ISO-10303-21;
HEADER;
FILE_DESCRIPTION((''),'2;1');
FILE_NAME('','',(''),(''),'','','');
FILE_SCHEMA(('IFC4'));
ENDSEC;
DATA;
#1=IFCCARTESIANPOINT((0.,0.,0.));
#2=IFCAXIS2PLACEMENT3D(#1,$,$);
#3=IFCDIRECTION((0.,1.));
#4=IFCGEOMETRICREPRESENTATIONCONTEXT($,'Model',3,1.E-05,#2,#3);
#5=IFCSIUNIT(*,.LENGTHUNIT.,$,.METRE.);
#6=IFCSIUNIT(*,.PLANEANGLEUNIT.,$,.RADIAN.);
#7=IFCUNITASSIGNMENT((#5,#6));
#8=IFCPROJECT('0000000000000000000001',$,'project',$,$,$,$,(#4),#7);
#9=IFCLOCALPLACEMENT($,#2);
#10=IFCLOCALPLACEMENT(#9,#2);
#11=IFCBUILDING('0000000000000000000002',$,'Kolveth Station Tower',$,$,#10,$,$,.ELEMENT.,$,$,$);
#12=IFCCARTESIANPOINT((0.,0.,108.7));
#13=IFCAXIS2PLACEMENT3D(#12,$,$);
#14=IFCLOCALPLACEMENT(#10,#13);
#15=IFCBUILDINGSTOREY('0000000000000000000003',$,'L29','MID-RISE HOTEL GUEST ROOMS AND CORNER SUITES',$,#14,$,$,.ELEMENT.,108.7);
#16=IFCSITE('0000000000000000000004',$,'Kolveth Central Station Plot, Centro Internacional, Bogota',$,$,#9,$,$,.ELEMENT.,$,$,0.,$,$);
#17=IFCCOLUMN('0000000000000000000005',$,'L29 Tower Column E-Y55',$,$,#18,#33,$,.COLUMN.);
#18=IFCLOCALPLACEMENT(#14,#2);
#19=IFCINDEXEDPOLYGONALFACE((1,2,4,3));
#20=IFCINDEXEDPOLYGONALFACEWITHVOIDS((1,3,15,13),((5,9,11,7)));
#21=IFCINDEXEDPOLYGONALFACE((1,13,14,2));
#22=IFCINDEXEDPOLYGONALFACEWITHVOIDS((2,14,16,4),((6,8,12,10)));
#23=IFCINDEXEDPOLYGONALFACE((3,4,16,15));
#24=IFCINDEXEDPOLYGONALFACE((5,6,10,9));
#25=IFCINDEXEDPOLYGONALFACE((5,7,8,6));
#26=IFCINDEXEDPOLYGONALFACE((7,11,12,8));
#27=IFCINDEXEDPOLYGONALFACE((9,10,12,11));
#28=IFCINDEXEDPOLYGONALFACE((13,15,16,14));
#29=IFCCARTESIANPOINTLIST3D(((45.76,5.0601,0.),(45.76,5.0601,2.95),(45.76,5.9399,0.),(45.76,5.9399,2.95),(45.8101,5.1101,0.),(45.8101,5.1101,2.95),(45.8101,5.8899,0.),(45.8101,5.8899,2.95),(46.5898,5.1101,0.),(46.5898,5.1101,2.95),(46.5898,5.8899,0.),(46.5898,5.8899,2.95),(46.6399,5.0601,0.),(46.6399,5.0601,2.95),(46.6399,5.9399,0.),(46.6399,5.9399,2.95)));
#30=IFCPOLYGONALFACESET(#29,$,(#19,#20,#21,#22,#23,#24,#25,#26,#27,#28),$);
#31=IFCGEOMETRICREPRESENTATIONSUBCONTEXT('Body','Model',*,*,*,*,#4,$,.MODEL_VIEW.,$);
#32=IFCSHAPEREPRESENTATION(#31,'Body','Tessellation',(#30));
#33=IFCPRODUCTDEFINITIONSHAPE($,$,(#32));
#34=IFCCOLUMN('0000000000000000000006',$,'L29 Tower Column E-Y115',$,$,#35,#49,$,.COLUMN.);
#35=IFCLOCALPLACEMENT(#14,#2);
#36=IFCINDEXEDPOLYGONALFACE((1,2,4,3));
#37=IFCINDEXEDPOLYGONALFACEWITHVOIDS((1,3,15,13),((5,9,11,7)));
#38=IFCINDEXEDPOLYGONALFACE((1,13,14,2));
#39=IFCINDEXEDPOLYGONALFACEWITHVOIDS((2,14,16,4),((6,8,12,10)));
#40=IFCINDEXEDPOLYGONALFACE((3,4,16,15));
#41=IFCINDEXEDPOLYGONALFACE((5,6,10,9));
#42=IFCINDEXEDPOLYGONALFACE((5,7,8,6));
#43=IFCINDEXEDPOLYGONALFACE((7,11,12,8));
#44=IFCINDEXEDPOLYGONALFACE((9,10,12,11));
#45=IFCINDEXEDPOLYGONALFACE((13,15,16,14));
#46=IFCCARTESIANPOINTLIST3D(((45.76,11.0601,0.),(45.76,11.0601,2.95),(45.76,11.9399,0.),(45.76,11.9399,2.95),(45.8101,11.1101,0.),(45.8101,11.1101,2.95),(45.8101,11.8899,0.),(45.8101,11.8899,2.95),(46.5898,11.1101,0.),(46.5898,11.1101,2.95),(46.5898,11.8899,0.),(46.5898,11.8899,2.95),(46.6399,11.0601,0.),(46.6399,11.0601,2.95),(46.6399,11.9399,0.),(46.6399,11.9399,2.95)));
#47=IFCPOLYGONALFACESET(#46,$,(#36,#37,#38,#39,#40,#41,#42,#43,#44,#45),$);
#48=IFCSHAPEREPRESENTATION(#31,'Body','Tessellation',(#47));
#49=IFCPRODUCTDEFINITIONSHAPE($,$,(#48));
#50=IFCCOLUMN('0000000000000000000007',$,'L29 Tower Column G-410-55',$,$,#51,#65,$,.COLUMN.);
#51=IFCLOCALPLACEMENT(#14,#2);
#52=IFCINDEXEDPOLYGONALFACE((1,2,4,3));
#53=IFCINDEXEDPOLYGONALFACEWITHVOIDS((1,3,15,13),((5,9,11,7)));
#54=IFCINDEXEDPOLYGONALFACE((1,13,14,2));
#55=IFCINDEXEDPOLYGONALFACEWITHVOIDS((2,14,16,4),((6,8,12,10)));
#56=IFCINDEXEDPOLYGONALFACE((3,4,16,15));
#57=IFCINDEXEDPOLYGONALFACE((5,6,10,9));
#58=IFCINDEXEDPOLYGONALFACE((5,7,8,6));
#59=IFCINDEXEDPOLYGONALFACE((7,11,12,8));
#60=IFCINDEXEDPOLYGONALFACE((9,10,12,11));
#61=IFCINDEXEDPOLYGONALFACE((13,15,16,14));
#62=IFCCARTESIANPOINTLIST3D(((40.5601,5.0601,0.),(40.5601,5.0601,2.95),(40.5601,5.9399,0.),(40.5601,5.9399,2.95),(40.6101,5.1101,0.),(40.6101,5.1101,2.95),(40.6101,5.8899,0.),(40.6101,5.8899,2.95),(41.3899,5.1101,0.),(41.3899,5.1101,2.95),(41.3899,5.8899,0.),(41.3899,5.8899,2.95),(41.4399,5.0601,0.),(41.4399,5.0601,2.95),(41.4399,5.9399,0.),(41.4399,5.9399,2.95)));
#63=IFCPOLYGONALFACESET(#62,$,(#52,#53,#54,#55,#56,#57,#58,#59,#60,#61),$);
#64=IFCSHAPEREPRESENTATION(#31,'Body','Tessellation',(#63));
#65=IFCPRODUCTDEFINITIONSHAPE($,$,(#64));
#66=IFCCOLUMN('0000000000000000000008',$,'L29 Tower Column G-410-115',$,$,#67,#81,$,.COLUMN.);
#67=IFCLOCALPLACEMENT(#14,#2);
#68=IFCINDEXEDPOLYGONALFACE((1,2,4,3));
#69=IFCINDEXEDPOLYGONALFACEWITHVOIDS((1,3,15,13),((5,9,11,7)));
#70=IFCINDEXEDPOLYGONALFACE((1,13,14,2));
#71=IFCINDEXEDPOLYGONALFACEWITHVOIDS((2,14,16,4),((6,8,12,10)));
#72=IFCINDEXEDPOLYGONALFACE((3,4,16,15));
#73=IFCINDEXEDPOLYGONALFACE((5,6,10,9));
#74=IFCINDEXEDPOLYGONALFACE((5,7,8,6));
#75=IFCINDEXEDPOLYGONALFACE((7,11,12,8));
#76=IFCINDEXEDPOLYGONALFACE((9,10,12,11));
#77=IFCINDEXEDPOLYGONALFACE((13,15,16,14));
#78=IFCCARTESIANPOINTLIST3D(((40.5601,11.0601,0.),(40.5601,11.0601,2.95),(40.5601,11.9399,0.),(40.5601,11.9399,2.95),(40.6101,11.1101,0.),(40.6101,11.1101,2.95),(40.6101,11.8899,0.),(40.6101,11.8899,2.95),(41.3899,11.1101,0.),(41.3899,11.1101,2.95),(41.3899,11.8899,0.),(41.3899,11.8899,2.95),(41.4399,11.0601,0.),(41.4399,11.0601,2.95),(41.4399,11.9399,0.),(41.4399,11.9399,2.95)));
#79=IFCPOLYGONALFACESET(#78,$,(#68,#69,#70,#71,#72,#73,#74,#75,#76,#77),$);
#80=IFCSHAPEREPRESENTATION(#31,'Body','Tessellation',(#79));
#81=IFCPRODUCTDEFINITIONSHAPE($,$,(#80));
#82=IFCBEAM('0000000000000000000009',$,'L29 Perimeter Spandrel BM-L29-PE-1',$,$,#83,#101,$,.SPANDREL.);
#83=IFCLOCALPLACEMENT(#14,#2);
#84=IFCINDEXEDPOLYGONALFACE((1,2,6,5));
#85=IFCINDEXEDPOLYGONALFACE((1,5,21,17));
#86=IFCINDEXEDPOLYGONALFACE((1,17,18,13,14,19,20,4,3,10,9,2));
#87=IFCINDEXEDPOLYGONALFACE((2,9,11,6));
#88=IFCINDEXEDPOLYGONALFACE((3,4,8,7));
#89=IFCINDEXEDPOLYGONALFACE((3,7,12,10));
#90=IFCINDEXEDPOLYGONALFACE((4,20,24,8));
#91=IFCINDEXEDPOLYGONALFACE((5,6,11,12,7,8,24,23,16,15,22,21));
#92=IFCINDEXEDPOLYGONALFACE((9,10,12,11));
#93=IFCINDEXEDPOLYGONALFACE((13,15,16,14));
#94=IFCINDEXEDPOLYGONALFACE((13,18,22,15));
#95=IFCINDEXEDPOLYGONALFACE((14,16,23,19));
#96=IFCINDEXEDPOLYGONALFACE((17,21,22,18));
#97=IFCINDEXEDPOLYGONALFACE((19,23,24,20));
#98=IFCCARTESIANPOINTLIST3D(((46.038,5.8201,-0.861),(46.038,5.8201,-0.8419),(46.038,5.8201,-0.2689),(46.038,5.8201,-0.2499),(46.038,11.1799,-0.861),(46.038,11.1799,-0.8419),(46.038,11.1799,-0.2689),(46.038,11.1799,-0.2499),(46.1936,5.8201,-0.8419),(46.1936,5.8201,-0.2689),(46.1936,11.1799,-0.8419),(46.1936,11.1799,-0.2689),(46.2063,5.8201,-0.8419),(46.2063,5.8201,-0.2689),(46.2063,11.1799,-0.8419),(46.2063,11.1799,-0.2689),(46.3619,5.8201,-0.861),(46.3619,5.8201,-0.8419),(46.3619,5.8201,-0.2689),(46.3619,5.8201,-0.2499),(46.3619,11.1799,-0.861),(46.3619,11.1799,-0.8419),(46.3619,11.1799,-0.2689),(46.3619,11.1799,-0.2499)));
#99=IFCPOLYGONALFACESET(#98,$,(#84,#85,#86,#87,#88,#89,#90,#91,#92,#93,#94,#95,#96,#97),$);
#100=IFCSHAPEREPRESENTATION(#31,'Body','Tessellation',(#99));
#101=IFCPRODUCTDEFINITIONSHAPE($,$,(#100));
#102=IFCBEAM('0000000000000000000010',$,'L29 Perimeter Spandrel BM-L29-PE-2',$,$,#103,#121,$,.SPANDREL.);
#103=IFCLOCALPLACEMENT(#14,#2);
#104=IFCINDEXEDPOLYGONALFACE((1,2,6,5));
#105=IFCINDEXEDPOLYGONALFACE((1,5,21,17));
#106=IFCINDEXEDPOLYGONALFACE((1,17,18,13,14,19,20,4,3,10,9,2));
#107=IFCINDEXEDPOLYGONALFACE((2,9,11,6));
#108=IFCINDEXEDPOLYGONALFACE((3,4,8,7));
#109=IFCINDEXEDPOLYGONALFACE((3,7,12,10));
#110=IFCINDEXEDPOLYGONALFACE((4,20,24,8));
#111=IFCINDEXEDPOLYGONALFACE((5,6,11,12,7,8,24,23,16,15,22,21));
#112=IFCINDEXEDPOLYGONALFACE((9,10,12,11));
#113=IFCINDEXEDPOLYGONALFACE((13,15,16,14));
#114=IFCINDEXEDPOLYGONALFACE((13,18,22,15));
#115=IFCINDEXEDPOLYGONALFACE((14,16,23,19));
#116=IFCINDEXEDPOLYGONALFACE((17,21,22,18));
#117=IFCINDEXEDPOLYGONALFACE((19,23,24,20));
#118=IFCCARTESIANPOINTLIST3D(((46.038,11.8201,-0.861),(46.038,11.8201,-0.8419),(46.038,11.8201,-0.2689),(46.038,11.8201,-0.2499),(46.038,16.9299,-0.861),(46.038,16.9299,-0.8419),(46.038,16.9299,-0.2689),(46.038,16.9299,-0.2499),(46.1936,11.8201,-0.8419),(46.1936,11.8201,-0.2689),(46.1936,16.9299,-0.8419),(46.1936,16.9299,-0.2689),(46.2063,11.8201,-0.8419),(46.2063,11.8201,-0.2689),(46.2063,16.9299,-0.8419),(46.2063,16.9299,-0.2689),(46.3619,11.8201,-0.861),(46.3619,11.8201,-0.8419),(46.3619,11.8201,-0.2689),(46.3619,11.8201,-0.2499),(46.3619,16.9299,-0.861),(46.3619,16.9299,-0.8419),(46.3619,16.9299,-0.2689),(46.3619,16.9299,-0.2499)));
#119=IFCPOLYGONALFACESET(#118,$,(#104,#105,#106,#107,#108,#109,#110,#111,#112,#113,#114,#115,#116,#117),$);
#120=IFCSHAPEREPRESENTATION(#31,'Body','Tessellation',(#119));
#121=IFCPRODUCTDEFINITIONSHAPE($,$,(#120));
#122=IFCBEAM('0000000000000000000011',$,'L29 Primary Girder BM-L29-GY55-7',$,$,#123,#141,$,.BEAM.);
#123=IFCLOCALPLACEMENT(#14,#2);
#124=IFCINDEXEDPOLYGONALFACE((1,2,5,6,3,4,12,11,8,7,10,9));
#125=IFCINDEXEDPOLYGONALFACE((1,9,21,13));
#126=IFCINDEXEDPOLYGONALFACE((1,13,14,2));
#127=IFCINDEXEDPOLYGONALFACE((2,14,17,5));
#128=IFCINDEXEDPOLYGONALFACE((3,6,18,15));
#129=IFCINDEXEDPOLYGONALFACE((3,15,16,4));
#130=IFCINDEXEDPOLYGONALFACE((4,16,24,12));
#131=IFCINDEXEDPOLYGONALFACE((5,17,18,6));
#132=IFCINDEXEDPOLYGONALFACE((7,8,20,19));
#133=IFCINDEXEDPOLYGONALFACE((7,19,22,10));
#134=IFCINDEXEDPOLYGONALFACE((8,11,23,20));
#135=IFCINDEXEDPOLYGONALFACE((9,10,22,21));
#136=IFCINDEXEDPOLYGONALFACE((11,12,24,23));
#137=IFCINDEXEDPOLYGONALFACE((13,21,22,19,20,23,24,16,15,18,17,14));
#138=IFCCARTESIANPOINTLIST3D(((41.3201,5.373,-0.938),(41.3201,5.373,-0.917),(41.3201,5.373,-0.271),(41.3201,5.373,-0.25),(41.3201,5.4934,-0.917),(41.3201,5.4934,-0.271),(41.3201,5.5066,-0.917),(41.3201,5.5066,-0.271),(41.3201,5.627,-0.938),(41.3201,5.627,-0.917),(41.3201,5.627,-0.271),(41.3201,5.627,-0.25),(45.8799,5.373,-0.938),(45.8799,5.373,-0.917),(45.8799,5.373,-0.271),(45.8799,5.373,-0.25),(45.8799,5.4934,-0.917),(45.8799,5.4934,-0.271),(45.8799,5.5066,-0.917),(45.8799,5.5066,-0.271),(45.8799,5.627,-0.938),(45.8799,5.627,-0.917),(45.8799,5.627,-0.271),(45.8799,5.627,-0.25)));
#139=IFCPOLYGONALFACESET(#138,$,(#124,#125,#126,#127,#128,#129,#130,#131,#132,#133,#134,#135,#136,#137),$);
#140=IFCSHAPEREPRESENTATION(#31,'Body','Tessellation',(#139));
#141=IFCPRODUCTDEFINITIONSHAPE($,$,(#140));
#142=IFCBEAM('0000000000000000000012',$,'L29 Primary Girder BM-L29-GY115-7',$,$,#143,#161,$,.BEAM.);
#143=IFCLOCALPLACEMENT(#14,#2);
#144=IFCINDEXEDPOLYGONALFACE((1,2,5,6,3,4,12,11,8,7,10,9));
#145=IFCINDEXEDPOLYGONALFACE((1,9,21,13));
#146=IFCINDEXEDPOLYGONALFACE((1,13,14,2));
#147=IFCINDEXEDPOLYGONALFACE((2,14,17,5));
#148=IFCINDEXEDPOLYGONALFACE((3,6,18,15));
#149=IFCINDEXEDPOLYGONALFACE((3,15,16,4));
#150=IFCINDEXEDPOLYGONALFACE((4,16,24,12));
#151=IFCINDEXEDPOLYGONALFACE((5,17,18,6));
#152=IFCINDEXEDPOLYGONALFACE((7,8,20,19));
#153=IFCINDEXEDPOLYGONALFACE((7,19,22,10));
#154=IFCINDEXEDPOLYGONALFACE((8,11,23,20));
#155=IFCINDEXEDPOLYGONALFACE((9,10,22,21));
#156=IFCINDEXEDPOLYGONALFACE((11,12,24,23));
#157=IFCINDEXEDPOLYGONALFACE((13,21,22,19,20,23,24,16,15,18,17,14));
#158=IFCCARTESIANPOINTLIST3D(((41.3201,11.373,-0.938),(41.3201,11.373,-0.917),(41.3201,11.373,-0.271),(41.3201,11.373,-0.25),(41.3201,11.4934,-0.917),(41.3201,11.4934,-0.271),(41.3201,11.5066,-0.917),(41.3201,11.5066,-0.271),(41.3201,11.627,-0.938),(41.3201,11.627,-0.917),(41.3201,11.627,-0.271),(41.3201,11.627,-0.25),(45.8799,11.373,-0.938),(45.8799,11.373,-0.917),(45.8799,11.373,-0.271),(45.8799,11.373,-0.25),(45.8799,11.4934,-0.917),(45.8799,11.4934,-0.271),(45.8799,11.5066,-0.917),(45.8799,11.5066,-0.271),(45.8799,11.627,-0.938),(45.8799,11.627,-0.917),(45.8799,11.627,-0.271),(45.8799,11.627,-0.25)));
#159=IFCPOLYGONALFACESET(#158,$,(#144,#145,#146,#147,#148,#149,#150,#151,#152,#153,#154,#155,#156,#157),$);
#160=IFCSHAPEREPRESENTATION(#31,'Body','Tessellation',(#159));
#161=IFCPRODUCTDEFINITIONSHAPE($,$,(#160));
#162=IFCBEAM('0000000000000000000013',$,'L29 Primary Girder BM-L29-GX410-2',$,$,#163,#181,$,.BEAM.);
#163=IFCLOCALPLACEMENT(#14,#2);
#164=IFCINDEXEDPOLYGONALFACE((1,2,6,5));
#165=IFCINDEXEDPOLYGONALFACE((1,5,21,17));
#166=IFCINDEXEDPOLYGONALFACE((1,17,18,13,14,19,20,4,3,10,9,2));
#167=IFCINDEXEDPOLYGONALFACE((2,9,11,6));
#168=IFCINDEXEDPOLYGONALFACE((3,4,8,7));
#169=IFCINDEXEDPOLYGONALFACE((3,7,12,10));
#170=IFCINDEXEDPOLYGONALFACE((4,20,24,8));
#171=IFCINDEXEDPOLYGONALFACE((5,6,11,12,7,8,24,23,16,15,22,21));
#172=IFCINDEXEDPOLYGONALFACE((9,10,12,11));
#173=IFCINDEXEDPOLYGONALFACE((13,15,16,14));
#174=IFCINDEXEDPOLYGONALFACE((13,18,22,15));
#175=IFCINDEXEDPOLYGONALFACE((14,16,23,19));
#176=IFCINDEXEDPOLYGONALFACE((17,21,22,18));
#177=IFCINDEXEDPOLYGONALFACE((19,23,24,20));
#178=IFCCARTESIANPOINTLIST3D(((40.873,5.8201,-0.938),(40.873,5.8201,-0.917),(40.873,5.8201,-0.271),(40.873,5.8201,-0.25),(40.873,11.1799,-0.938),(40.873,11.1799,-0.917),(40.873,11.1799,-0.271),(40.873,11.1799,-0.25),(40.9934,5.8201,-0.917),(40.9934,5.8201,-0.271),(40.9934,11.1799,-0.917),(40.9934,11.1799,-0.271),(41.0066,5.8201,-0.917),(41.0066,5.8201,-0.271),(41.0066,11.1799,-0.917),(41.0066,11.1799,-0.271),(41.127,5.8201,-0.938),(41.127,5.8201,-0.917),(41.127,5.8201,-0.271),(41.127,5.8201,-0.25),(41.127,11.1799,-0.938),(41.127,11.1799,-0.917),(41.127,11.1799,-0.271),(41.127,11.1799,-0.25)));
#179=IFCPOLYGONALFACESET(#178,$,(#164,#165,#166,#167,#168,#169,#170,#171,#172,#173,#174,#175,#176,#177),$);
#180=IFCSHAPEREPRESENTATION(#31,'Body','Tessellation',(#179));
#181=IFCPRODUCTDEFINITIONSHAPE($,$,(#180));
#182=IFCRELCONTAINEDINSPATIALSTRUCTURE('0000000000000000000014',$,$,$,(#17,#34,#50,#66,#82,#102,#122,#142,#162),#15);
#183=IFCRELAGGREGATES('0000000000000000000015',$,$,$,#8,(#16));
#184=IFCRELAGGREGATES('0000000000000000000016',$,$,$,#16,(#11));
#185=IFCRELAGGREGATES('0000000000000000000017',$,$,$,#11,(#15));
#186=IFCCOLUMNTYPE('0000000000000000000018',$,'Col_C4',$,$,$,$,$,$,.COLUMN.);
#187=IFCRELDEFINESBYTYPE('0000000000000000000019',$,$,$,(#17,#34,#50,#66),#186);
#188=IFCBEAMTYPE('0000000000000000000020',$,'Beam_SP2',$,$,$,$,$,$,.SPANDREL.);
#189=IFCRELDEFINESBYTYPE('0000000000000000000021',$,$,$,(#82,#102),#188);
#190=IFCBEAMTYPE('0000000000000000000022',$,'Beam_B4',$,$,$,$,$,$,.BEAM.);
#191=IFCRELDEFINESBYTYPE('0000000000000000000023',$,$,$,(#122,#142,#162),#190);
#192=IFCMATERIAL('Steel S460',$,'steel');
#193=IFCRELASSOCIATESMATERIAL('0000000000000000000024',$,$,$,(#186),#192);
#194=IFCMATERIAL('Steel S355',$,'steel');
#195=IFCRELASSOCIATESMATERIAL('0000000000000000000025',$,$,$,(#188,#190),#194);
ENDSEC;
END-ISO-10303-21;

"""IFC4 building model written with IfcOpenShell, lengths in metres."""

from ifc_helpers import new_model, si_unit, direction, frame, origin, origin_2d, place, context, subcontext, project, spatial, hollow_rectangle, i_section, extrude, source, transform, mapped, material, material_profile, profile_set, type_object, element, save


model = new_model("IFC4")

# Units and contexts
model_context = context("Model", 3, precision=1e-05, world=origin(), true_north=direction((0.0, 1.0)))
body_context = subcontext(model_context, "Body", "Model", "MODEL_VIEW")
ifc_project = project(units=[si_unit("LENGTHUNIT", "METRE"), si_unit("PLANEANGLEUNIT", "RADIAN")], contexts=[model_context])

# Site, building, storey
site_placement = place(None, origin())
site = spatial("IfcSite", under=ifc_project, at=site_placement, Name="Kolveth Central Station Plot, Centro Internacional, Bogota", CompositionType="ELEMENT", RefElevation=0.0)
building_placement = place(site_placement, origin())
building = spatial("IfcBuilding", under=site, at=building_placement, Name="Kolveth Station Tower", CompositionType="ELEMENT")
storey_placement = place(building_placement, frame((0.0, 0.0, 108.7)))
storey = spatial("IfcBuildingStorey", under=building, at=storey_placement, Name="L29", Description="MID-RISE HOTEL GUEST ROOMS AND CORNER SUITES", CompositionType="ELEMENT", Elevation=108.7)

# Columns
ifc_material_1 = material(Name="Steel S460", Category="steel")
ifc_material_profile_1 = material_profile(ifc_material_1, hollow_rectangle(XDim=0.8799, YDim=0.8799, WallThickness=0.05, at=origin_2d()), Name="BOX880x880x50")
ifc_profile_set_1 = profile_set([ifc_material_profile_1], Name="Steel S460")
column_type = type_object("IfcColumnType", Name="Col_C4", PredefinedType="COLUMN", material=ifc_profile_set_1)
shared_shape_1 = source(origin(), body_context, "Body", "SweptSolid", [
    extrude(hollow_rectangle(XDim=0.8799, YDim=0.8799, WallThickness=0.05, at=origin_2d()), origin(), (0.0, 0.0, 1.0), 2.95),
])
for number, where, z_axis, x_axis, name in (
    (1, (46.2, 5.5, 0.0), (0.0, 0.0, 1.0), (1.0, 0.0, 0.0), "L29 Tower Column E-Y55"),
    (2, (46.2, 11.5, 0.0), (0.0, 0.0, 1.0), (1.0, 0.0, 0.0), "L29 Tower Column E-Y115"),
    (3, (41.0, 5.5, 0.0), (0.0, 0.0, 1.0), (1.0, 0.0, 0.0), "L29 Tower Column G-410-55"),
    (4, (41.0, 11.5, 0.0), (0.0, 0.0, 1.0), (1.0, 0.0, 0.0), "L29 Tower Column G-410-115"),
):
    element("IfcColumn", number, at=place(storey_placement, frame(where, z_axis=z_axis, x_axis=x_axis)), inside=storey, type_object=column_type, Name=name, PredefinedType="COLUMN", context=body_context, shape_type="MappedRepresentation", body=[
        mapped(shared_shape_1, transform((0.0, 0.0, 0.0), x_axis=(1.0, 0.0, 0.0), y_axis=(0.0, 1.0, 0.0), z_axis=(0.0, 0.0, 1.0), scale=1.0)),
    ])

# Beams
ifc_material_2 = material(Name="Steel S355", Category="steel")
ifc_material_profile_2 = material_profile(ifc_material_2, i_section(OverallWidth=0.324, OverallDepth=0.6111, WebThickness=0.0127, FlangeThickness=0.019, at=origin_2d()), Name="W610x155")
ifc_profile_set_2 = profile_set([ifc_material_profile_2], Name="Steel S355")
beam_type_1 = type_object("IfcBeamType", Name="Beam_SP2", PredefinedType="SPANDREL", material=ifc_profile_set_2)
shared_shape_2 = source(origin(), body_context, "Body", "SweptSolid", [
    extrude(i_section(OverallWidth=0.324, OverallDepth=0.6111, WebThickness=0.0127, FlangeThickness=0.019, at=origin_2d()), origin(), (0.0, 0.0, 1.0), 5.3599),
])
beam_1_placement = place(storey_placement, frame((46.2, 5.8201, -0.5554), z_axis=(0.0, 1.0, 0.0), x_axis=(-1.0, 0.0, 0.0)))
element("IfcBeam", 5, at=beam_1_placement, inside=storey, type_object=beam_type_1, Name="L29 Perimeter Spandrel BM-L29-PE-1", PredefinedType="SPANDREL", context=body_context, shape_type="MappedRepresentation", body=[
    mapped(shared_shape_2, transform((0.0, 0.0, 0.0), x_axis=(1.0, 0.0, 0.0), y_axis=(0.0, 1.0, 0.0), z_axis=(0.0, 0.0, 1.0), scale=1.0)),
])
shared_shape_3 = source(origin(), body_context, "Body", "SweptSolid", [
    extrude(i_section(OverallWidth=0.324, OverallDepth=0.6111, WebThickness=0.0127, FlangeThickness=0.019, at=origin_2d()), origin(), (0.0, 0.0, 1.0), 5.1099),
])
beam_2_placement = place(storey_placement, frame((46.2, 11.8201, -0.5554), z_axis=(0.0, 1.0, 0.0), x_axis=(-1.0, 0.0, 0.0)))
element("IfcBeam", 6, at=beam_2_placement, inside=storey, type_object=beam_type_1, Name="L29 Perimeter Spandrel BM-L29-PE-2", PredefinedType="SPANDREL", context=body_context, shape_type="MappedRepresentation", body=[
    mapped(shared_shape_3, transform((0.0, 0.0, 0.0), x_axis=(1.0, 0.0, 0.0), y_axis=(0.0, 1.0, 0.0), z_axis=(0.0, 0.0, 1.0), scale=1.0)),
])
ifc_material_profile_3 = material_profile(ifc_material_2, i_section(OverallWidth=0.2539, OverallDepth=0.688, WebThickness=0.0132, FlangeThickness=0.021, at=origin_2d()), Name="W690x152")
ifc_profile_set_3 = profile_set([ifc_material_profile_3], Name="Steel S355")
beam_type_2 = type_object("IfcBeamType", Name="Beam_B4", PredefinedType="BEAM", material=ifc_profile_set_3)
shared_shape_4 = source(origin(), body_context, "Body", "SweptSolid", [
    extrude(i_section(OverallWidth=0.2539, OverallDepth=0.688, WebThickness=0.0132, FlangeThickness=0.021, at=origin_2d()), origin(), (0.0, 0.0, 1.0), 4.5598),
])
for number, where, z_axis, x_axis, name in (
    (7, (41.3201, 5.5, -0.594), (1.0, 0.0, 0.0), (0.0, 1.0, 0.0), "L29 Primary Girder BM-L29-GY55-7"),
    (8, (41.3201, 11.5, -0.594), (1.0, 0.0, 0.0), (0.0, 1.0, 0.0), "L29 Primary Girder BM-L29-GY115-7"),
):
    element("IfcBeam", number, at=place(storey_placement, frame(where, z_axis=z_axis, x_axis=x_axis)), inside=storey, type_object=beam_type_2, Name=name, PredefinedType="BEAM", context=body_context, shape_type="MappedRepresentation", body=[
        mapped(shared_shape_4, transform((0.0, 0.0, 0.0), x_axis=(1.0, 0.0, 0.0), y_axis=(0.0, 1.0, 0.0), z_axis=(0.0, 0.0, 1.0), scale=1.0)),
    ])
shared_shape_5 = source(origin(), body_context, "Body", "SweptSolid", [
    extrude(i_section(OverallWidth=0.2539, OverallDepth=0.688, WebThickness=0.0132, FlangeThickness=0.021, at=origin_2d()), origin(), (0.0, 0.0, 1.0), 5.3599),
])
beam_3_placement = place(storey_placement, frame((41.0, 5.8201, -0.594), z_axis=(0.0, 1.0, 0.0), x_axis=(-1.0, 0.0, 0.0)))
element("IfcBeam", 9, at=beam_3_placement, inside=storey, type_object=beam_type_2, Name="L29 Primary Girder BM-L29-GX410-2", PredefinedType="BEAM", context=body_context, shape_type="MappedRepresentation", body=[
    mapped(shared_shape_5, transform((0.0, 0.0, 0.0), x_axis=(1.0, 0.0, 0.0), y_axis=(0.0, 1.0, 0.0), z_axis=(0.0, 0.0, 1.0), scale=1.0)),
])

save(model, "model.ifc")
